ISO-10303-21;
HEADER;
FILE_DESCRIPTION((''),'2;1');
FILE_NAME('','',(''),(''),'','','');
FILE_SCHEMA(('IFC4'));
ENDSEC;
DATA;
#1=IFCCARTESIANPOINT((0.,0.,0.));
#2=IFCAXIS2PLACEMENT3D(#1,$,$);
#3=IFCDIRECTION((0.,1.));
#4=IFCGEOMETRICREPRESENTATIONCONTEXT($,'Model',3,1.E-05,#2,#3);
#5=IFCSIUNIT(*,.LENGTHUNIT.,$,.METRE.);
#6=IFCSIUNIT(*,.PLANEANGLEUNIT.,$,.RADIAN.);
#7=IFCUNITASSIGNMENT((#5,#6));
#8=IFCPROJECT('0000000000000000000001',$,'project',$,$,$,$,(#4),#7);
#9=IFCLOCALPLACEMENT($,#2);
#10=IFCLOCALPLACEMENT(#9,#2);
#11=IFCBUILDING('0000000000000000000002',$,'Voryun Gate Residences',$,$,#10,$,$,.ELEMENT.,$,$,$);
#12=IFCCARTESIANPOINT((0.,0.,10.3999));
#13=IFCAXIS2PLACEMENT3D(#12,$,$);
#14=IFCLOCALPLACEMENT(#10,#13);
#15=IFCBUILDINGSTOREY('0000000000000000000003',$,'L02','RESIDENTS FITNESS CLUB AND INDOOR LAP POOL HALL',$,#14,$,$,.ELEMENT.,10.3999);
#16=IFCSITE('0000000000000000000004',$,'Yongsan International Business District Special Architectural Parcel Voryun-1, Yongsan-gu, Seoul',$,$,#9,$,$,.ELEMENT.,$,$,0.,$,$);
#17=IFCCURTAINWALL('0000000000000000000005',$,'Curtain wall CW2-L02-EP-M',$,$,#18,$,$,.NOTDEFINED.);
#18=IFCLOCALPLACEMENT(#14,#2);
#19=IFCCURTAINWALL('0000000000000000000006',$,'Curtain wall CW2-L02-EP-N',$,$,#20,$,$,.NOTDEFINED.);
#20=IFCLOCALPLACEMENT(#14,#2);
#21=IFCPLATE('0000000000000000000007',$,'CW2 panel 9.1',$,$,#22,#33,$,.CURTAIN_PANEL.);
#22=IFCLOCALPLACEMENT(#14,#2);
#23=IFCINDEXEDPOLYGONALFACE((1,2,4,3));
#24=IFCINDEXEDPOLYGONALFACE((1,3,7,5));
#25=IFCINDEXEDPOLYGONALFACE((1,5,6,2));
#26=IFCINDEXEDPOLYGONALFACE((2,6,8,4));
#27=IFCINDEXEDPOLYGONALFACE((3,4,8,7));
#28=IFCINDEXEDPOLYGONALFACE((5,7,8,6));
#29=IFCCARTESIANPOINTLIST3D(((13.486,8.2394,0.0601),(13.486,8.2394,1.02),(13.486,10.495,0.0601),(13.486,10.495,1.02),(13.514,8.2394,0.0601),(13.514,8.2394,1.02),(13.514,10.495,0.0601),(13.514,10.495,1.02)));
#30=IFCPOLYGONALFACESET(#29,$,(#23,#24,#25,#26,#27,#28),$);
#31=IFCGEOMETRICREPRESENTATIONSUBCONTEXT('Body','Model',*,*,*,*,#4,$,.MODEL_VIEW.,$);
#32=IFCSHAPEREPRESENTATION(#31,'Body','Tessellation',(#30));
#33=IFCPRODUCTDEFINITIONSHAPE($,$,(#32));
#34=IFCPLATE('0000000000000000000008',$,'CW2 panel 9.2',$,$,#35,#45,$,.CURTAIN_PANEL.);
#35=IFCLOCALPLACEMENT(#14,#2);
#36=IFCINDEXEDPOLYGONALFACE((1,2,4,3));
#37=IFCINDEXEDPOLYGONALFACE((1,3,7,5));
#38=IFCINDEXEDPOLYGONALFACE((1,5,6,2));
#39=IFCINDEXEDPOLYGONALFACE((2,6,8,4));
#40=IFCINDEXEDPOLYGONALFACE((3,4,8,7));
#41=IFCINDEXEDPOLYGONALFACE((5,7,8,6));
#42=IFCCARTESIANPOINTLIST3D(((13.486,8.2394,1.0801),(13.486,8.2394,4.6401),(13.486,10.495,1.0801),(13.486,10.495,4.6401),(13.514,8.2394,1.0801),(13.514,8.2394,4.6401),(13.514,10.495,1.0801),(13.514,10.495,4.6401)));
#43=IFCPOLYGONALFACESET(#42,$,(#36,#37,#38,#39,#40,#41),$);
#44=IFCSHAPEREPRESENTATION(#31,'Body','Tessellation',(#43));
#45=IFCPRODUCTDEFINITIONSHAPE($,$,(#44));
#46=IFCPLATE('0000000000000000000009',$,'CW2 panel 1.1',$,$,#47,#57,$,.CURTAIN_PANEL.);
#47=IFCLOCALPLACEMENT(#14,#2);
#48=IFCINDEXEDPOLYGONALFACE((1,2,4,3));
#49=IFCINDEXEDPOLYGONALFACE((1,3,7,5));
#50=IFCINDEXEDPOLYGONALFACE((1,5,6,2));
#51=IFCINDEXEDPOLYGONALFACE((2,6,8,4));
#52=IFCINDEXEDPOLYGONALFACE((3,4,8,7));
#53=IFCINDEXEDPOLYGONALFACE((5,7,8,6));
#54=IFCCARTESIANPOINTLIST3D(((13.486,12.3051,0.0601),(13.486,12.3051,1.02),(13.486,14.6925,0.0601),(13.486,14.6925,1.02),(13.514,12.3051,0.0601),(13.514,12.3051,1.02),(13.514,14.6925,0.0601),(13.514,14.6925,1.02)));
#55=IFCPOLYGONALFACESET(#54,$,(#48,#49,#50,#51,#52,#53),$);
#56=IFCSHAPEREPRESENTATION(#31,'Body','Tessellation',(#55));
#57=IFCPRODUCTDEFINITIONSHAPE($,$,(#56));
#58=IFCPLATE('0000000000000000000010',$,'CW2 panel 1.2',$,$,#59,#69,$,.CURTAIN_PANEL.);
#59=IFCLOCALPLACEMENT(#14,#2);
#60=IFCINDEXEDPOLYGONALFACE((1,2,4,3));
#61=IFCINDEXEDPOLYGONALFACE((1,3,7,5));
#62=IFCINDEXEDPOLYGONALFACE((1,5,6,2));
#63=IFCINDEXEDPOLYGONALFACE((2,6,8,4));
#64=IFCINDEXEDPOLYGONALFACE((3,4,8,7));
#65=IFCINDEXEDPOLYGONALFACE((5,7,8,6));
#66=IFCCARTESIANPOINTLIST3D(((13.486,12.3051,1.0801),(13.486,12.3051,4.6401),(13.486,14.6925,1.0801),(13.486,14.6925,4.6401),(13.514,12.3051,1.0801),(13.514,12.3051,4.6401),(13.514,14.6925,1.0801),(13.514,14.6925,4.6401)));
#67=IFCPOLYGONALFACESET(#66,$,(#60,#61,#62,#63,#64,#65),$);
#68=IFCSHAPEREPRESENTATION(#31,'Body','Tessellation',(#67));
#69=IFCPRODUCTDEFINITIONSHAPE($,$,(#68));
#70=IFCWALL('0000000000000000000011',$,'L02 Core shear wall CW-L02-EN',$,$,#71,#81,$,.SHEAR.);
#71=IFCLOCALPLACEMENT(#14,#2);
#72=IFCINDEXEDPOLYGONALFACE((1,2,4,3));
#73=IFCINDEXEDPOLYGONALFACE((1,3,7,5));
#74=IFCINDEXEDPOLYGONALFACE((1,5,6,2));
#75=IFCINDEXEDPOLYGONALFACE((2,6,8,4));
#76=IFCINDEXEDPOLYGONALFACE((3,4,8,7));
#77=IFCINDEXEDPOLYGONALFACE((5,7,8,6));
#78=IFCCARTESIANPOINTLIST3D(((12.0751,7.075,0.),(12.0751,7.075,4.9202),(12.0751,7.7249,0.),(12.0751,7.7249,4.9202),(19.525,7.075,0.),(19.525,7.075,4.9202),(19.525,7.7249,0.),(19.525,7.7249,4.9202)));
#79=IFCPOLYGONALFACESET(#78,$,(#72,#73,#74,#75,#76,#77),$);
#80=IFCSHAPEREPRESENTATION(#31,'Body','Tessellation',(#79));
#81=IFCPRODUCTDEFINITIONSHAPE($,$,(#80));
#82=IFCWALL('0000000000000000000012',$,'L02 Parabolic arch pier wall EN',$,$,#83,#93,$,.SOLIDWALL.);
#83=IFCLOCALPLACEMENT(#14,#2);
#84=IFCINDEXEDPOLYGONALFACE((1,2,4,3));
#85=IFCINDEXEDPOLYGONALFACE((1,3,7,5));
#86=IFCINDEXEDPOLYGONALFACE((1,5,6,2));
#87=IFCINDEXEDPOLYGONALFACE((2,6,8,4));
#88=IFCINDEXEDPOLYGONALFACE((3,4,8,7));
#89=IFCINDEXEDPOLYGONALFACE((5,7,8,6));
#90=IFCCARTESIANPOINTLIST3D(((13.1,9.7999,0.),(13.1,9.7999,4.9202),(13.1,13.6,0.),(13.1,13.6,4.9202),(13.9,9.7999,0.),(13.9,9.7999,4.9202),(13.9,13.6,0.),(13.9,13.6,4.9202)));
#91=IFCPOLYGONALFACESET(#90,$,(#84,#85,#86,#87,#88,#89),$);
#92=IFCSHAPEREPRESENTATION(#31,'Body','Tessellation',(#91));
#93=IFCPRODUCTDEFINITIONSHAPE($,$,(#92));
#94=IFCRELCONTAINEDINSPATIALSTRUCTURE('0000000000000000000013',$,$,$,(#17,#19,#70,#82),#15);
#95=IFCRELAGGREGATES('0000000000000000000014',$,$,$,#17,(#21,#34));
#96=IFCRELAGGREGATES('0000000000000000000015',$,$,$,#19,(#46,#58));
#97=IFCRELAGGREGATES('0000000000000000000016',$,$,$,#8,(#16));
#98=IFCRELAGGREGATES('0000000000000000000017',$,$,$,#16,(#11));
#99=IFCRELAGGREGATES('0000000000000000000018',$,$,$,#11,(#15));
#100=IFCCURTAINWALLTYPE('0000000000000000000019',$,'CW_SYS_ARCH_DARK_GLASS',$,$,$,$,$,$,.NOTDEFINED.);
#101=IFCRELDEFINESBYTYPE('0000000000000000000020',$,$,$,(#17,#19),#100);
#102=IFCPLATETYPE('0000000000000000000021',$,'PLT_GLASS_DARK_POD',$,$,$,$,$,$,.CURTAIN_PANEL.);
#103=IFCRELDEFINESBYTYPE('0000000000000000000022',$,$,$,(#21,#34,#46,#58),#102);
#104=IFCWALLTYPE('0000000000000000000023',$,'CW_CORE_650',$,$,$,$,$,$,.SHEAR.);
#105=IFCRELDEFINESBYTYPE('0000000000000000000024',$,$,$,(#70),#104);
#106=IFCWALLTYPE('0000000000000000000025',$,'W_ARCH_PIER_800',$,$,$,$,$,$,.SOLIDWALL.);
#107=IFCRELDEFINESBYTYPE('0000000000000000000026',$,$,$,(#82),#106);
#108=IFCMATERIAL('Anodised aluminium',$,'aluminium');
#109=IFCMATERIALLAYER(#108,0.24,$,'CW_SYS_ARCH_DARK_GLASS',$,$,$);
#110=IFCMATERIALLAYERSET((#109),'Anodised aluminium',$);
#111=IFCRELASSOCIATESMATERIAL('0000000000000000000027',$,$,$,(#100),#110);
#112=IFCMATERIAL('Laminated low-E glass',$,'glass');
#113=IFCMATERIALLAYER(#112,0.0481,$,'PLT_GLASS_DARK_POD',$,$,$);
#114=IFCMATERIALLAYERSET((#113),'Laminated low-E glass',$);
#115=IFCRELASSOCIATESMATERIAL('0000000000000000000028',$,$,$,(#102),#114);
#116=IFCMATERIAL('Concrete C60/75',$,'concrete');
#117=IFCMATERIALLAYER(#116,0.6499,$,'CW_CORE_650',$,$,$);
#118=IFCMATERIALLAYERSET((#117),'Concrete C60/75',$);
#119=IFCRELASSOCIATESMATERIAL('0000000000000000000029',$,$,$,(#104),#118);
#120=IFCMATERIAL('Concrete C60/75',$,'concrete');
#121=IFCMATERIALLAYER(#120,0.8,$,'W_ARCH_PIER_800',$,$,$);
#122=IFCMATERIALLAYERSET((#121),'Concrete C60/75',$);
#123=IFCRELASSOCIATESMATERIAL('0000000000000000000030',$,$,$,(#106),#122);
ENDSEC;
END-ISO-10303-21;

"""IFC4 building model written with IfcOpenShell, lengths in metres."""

from ifc_helpers import new_model, si_unit, direction, frame, frame_2d, origin, origin_2d, place, context, subcontext, project, spatial, rectangle, extrude, material, layer, layer_set, type_object, element, aggregate, save


model = new_model("IFC4")

# Units and contexts
model_context = context("Model", 3, precision=1e-05, world=origin(), true_north=direction((0.0, 1.0)))
body_context = subcontext(model_context, "Body", "Model", "MODEL_VIEW")
ifc_project = project(units=[si_unit("LENGTHUNIT", "METRE"), si_unit("PLANEANGLEUNIT", "RADIAN")], contexts=[model_context])

# Site, building, storey
site_placement = place(None, origin())
site = spatial("IfcSite", under=ifc_project, at=site_placement, Name="Yongsan International Business District Special Architectural Parcel Voryun-1, Yongsan-gu, Seoul", CompositionType="ELEMENT", RefElevation=0.0)
building_placement = place(site_placement, origin())
building = spatial("IfcBuilding", under=site, at=building_placement, Name="Voryun Gate Residences", CompositionType="ELEMENT")
storey_placement = place(building_placement, frame((0.0, 0.0, 10.3999)))
storey = spatial("IfcBuildingStorey", under=building, at=storey_placement, Name="L02", Description="RESIDENTS FITNESS CLUB AND INDOOR LAP POOL HALL", CompositionType="ELEMENT", Elevation=10.3999)

# Curtain walls
ifc_material_1 = material(Name="Anodised aluminium", Category="aluminium")
ifc_layer_1 = layer(ifc_material_1, 0.24, Name="CW_SYS_ARCH_DARK_GLASS")
ifc_layer_set_1 = layer_set([ifc_layer_1], Name="Anodised aluminium")
curtain_wall_type = type_object("IfcCurtainWallType", Name="CW_SYS_ARCH_DARK_GLASS", PredefinedType="NOTDEFINED", material=ifc_layer_set_1)
curtain_wall_1_placement = place(storey_placement, origin())
curtain_wall_1 = element("IfcCurtainWall", 1, at=curtain_wall_1_placement, inside=storey, type_object=curtain_wall_type, Name="Curtain wall CW2-L02-EP-M", PredefinedType="NOTDEFINED")
curtain_wall_2_placement = place(storey_placement, origin())
curtain_wall_2 = element("IfcCurtainWall", 2, at=curtain_wall_2_placement, inside=storey, type_object=curtain_wall_type, Name="Curtain wall CW2-L02-EP-N", PredefinedType="NOTDEFINED")

# Plates
ifc_material_2 = material(Name="Laminated low-E glass", Category="glass")
ifc_layer_2 = layer(ifc_material_2, 0.0481, Name="PLT_GLASS_DARK_POD")
ifc_layer_set_2 = layer_set([ifc_layer_2], Name="Laminated low-E glass")
plate_type = type_object("IfcPlateType", Name="PLT_GLASS_DARK_POD", PredefinedType="CURTAIN_PANEL", material=ifc_layer_set_2)
plate_1_placement = place(storey_placement, frame((13.5, 9.3672, 0.0601), z_axis=(0.0, 0.0, 1.0), x_axis=(0.0, 1.0, 0.0)))
plate_1 = element("IfcPlate", 3, at=plate_1_placement, type_object=plate_type, Name="CW2 panel 9.1", PredefinedType="CURTAIN_PANEL", context=body_context, shape_type="SweptSolid", body=[
    extrude(rectangle(XDim=2.2556, YDim=0.0281, at=origin_2d()), origin(), (0.0, 0.0, 1.0), 0.96),
])
plate_2_placement = place(storey_placement, frame((13.5, 9.3672, 1.0801), z_axis=(0.0, 0.0, 1.0), x_axis=(0.0, 1.0, 0.0)))
plate_2 = element("IfcPlate", 4, at=plate_2_placement, type_object=plate_type, Name="CW2 panel 9.2", PredefinedType="CURTAIN_PANEL", context=body_context, shape_type="SweptSolid", body=[
    extrude(rectangle(XDim=2.2556, YDim=0.0281, at=origin_2d()), origin(), (0.0, 0.0, 1.0), 3.5601),
])
aggregate(curtain_wall_1, [plate_1, plate_2])
plate_3_placement = place(storey_placement, frame((13.5, 13.4988, 0.0601), z_axis=(0.0, 0.0, 1.0), x_axis=(0.0, 1.0, 0.0)))
plate_3 = element("IfcPlate", 5, at=plate_3_placement, type_object=plate_type, Name="CW2 panel 1.1", PredefinedType="CURTAIN_PANEL", context=body_context, shape_type="SweptSolid", body=[
    extrude(rectangle(XDim=2.3875, YDim=0.0281, at=origin_2d()), origin(), (0.0, 0.0, 1.0), 0.96),
])
plate_4_placement = place(storey_placement, frame((13.5, 13.4988, 1.0801), z_axis=(0.0, 0.0, 1.0), x_axis=(0.0, 1.0, 0.0)))
plate_4 = element("IfcPlate", 6, at=plate_4_placement, type_object=plate_type, Name="CW2 panel 1.2", PredefinedType="CURTAIN_PANEL", context=body_context, shape_type="SweptSolid", body=[
    extrude(rectangle(XDim=2.3875, YDim=0.0281, at=origin_2d()), origin(), (0.0, 0.0, 1.0), 3.5601),
])
aggregate(curtain_wall_2, [plate_3, plate_4])

# Walls
ifc_material_3 = material(Name="Concrete C60/75", Category="concrete")
ifc_layer_3 = layer(ifc_material_3, 0.6499, Name="CW_CORE_650")
ifc_layer_set_3 = layer_set([ifc_layer_3], Name="Concrete C60/75")
wall_type_1 = type_object("IfcWallType", Name="CW_CORE_650", PredefinedType="SHEAR", material=ifc_layer_set_3)
wall_1_placement = place(storey_placement, frame((12.075, 7.3999, 0.0), z_axis=(0.0, 0.0, 1.0), x_axis=(1.0, 0.0, 0.0)))
element("IfcWall", 7, at=wall_1_placement, inside=storey, type_object=wall_type_1, Name="L02 Core shear wall CW-L02-EN", PredefinedType="SHEAR", context=body_context, shape_type="SweptSolid", body=[
    extrude(rectangle(XDim=7.45, YDim=0.6499, at=frame_2d((3.7251, 0.0))), origin(), (0.0, 0.0, 1.0), 4.9202),
])
ifc_material_4 = material(Name="Concrete C60/75", Category="concrete")
ifc_layer_4 = layer(ifc_material_4, 0.8, Name="W_ARCH_PIER_800")
ifc_layer_set_4 = layer_set([ifc_layer_4], Name="Concrete C60/75")
wall_type_2 = type_object("IfcWallType", Name="W_ARCH_PIER_800", PredefinedType="SOLIDWALL", material=ifc_layer_set_4)
wall_2_placement = place(storey_placement, frame((13.5, 9.8, 0.0), z_axis=(0.0, 0.0, 1.0), x_axis=(0.0, 1.0, 0.0)))
element("IfcWall", 8, at=wall_2_placement, inside=storey, type_object=wall_type_2, Name="L02 Parabolic arch pier wall EN", PredefinedType="SOLIDWALL", context=body_context, shape_type="SweptSolid", body=[
    extrude(rectangle(XDim=3.8, YDim=0.8, at=frame_2d((1.8999, 0.0))), origin(), (0.0, 0.0, 1.0), 4.9202),
])

save(model, "model.ifc")
